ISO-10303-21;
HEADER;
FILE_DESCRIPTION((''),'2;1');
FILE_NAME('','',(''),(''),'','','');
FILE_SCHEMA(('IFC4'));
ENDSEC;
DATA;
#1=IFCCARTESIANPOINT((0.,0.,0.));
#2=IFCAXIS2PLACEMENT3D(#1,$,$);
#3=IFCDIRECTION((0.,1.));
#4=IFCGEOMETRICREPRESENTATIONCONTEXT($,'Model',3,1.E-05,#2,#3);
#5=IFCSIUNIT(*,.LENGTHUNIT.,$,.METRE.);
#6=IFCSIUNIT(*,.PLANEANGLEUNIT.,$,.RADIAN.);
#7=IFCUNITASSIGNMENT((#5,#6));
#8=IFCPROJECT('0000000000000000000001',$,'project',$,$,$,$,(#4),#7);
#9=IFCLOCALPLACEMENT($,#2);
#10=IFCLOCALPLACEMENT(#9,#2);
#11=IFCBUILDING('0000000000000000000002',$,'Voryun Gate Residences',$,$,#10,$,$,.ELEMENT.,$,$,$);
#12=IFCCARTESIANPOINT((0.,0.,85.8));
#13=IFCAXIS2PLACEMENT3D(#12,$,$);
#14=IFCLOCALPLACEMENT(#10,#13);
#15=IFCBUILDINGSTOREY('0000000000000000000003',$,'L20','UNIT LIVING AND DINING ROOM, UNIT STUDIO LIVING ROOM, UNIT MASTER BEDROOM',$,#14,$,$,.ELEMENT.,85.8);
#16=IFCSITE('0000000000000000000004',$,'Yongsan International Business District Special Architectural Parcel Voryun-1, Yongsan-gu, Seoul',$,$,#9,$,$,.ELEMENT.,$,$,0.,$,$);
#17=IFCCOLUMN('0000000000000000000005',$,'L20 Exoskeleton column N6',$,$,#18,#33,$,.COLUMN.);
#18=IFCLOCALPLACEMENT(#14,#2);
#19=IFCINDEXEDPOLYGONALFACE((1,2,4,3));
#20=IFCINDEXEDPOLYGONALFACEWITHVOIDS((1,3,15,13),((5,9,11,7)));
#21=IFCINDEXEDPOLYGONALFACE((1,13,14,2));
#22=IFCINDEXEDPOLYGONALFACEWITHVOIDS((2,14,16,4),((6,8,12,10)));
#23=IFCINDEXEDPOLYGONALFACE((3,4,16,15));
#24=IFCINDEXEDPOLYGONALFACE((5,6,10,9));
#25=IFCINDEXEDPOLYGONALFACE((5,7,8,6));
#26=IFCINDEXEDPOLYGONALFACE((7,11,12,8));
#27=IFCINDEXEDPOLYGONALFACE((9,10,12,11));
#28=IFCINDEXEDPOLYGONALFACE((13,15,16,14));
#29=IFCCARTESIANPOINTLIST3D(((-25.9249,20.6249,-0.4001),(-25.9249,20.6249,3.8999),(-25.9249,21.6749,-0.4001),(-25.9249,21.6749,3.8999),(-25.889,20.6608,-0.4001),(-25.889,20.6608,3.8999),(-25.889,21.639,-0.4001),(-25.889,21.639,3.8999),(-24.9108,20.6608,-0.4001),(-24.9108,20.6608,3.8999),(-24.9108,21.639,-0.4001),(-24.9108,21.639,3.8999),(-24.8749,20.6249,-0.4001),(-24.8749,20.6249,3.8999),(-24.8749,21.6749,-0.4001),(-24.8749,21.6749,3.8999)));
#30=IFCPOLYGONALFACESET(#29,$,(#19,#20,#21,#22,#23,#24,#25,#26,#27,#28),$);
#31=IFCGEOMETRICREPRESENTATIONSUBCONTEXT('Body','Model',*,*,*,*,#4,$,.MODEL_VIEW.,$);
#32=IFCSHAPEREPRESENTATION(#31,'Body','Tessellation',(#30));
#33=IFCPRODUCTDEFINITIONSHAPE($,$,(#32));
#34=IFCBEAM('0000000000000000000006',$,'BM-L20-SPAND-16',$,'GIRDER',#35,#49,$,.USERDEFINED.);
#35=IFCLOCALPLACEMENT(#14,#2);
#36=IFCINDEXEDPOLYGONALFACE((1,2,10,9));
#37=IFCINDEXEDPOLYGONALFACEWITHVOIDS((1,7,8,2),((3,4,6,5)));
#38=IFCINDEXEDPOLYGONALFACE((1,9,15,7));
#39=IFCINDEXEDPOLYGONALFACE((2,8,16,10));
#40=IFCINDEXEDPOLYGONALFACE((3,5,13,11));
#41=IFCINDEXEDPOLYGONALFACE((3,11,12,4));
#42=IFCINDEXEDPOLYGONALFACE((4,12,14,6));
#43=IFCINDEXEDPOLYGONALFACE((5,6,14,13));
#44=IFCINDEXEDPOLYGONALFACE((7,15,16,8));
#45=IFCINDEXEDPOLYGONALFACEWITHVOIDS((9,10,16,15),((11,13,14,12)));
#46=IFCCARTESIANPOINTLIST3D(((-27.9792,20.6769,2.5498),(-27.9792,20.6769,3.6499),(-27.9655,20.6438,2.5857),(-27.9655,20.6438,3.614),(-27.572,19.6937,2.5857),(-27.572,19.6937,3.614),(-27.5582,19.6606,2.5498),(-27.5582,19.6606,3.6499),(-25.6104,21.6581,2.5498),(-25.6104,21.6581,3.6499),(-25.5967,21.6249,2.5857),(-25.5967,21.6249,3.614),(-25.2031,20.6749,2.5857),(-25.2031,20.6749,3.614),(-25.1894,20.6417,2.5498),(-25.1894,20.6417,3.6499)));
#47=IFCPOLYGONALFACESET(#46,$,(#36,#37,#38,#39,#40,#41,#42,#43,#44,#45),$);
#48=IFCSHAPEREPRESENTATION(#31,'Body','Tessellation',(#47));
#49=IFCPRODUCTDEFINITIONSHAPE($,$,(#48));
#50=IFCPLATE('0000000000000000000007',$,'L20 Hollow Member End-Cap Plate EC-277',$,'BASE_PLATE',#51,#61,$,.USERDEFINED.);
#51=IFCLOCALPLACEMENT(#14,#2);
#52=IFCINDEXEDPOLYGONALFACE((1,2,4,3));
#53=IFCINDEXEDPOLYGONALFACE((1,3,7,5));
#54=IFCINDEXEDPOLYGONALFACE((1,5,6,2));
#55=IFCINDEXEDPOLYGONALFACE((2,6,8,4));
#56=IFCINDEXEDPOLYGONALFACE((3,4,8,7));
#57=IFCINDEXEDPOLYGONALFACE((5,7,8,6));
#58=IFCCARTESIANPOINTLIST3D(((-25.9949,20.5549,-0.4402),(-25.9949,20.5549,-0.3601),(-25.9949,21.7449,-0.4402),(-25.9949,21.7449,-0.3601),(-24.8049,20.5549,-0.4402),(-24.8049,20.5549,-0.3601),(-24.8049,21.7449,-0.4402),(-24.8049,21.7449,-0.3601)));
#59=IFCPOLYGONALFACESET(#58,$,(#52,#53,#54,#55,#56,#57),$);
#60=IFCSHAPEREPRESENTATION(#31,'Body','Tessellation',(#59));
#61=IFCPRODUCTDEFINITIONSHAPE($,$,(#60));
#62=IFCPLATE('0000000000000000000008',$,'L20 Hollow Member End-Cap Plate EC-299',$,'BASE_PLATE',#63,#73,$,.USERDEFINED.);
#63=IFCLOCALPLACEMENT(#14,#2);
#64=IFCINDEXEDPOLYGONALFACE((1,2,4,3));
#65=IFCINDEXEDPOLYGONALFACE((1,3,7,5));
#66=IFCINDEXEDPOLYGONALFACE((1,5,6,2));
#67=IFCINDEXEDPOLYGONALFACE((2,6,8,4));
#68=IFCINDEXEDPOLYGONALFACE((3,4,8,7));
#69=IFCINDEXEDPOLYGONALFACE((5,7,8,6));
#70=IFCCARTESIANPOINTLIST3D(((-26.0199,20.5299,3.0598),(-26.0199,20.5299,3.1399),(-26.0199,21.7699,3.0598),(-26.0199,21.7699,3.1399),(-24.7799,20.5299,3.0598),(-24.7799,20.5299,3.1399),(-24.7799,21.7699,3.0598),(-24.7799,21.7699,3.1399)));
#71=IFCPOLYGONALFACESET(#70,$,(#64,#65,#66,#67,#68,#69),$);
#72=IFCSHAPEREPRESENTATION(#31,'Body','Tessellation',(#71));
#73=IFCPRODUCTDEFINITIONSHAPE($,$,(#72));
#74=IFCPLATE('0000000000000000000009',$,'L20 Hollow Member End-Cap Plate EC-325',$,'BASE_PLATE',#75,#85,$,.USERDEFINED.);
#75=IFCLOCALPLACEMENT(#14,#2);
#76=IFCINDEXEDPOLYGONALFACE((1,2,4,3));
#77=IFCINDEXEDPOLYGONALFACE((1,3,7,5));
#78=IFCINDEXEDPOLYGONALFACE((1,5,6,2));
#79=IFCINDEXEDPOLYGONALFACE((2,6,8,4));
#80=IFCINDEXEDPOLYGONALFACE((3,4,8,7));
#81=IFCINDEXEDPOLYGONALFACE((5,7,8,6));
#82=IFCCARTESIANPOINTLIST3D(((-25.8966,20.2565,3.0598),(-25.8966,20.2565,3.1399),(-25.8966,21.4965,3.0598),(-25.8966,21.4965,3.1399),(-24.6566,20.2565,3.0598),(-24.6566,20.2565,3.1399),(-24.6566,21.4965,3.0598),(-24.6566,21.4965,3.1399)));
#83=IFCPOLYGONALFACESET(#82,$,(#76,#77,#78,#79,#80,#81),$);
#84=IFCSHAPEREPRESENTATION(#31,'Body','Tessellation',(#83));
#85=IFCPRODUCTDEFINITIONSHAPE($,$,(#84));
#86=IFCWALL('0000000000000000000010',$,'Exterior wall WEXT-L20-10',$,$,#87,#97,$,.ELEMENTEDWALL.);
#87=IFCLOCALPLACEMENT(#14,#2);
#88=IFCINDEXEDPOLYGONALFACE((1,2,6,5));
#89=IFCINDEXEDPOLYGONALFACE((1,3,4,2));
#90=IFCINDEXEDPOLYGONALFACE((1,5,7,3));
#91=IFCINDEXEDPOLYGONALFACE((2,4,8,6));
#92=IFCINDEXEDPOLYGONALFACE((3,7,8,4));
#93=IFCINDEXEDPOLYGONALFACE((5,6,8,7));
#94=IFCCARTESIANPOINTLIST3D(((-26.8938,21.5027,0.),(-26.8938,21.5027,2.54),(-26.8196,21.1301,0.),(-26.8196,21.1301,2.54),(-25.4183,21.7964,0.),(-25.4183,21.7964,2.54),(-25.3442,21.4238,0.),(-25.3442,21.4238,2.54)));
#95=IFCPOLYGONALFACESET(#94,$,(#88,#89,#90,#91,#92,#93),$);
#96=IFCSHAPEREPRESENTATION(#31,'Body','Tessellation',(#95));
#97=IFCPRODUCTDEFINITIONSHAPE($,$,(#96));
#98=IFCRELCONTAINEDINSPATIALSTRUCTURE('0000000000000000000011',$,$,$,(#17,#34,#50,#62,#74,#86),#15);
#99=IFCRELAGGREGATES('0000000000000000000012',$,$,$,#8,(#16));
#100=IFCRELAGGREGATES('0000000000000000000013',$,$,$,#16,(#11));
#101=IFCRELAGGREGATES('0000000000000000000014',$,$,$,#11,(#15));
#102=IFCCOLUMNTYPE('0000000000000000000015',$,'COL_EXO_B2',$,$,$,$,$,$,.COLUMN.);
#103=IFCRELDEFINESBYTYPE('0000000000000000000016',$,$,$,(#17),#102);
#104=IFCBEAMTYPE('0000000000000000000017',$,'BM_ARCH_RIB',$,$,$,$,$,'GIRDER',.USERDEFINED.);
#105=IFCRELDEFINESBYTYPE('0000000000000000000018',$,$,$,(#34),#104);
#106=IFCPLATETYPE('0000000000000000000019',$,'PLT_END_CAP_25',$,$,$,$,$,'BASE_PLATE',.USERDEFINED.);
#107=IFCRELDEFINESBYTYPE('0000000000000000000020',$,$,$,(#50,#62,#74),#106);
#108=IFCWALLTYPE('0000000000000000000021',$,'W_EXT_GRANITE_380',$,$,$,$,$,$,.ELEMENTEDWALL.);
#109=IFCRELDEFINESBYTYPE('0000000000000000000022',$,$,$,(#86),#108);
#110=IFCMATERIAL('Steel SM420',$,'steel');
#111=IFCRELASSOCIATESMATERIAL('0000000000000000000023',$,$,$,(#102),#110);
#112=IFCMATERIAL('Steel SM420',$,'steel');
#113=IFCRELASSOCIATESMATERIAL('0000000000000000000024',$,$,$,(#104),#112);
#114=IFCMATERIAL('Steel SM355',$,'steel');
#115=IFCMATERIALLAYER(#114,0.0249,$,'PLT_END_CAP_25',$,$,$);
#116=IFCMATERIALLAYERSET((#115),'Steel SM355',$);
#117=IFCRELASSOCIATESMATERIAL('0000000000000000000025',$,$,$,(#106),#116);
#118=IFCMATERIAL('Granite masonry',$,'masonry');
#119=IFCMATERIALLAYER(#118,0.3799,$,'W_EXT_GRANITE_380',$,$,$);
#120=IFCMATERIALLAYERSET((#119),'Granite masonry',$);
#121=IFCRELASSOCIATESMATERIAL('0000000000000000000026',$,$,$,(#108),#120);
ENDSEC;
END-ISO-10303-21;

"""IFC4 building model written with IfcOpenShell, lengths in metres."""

from ifc_helpers import new_model, si_unit, direction, frame, frame_2d, origin, origin_2d, place, context, subcontext, project, spatial, rectangle, hollow_rectangle, extrude, material, layer, layer_set, material_profile, profile_set, type_object, element, save


model = new_model("IFC4")

# Units and contexts
model_context = context("Model", 3, precision=1e-05, world=origin(), true_north=direction((0.0, 1.0)))
body_context = subcontext(model_context, "Body", "Model", "MODEL_VIEW")
ifc_project = project(units=[si_unit("LENGTHUNIT", "METRE"), si_unit("PLANEANGLEUNIT", "RADIAN")], contexts=[model_context])

# Site, building, storey
site_placement = place(None, origin())
site = spatial("IfcSite", under=ifc_project, at=site_placement, Name="Yongsan International Business District Special Architectural Parcel Voryun-1, Yongsan-gu, Seoul", CompositionType="ELEMENT", RefElevation=0.0)
building_placement = place(site_placement, origin())
building = spatial("IfcBuilding", under=site, at=building_placement, Name="Voryun Gate Residences", CompositionType="ELEMENT")
storey_placement = place(building_placement, frame((0.0, 0.0, 85.8)))
storey = spatial("IfcBuildingStorey", under=building, at=storey_placement, Name="L20", Description="UNIT LIVING AND DINING ROOM, UNIT STUDIO LIVING ROOM, UNIT MASTER BEDROOM", CompositionType="ELEMENT", Elevation=85.8)

# Column
ifc_material_1 = material(Name="Steel SM420", Category="steel")
ifc_material_profile_1 = material_profile(ifc_material_1, hollow_rectangle(XDim=1.05, YDim=1.05, WallThickness=0.0359, at=origin_2d()), Name="BOX-1050x1050x36")
ifc_profile_set_1 = profile_set([ifc_material_profile_1], Name="Steel SM420")
column_type = type_object("IfcColumnType", Name="COL_EXO_B2", PredefinedType="COLUMN", material=ifc_profile_set_1)
column_placement = place(storey_placement, frame((-25.3999, 21.1499, -0.4001), z_axis=(0.0, 0.0, 1.0), x_axis=(1.0, 0.0, 0.0)))
element("IfcColumn", 1, at=column_placement, inside=storey, type_object=column_type, Name="L20 Exoskeleton column N6", PredefinedType="COLUMN", context=body_context, shape_type="SweptSolid", body=[
    extrude(hollow_rectangle(XDim=1.05, YDim=1.05, WallThickness=0.0359, at=origin_2d()), origin(), (0.0, 0.0, 1.0), 4.3),
])

# Beam
ifc_material_2 = material(Name="Steel SM420", Category="steel")
ifc_material_profile_2 = material_profile(ifc_material_2, hollow_rectangle(XDim=1.1001, YDim=1.1001, WallThickness=0.0359, at=origin_2d()), Name="BOX-1100x1100x36")
ifc_profile_set_2 = profile_set([ifc_material_profile_2], Name="Steel SM420")
beam_type = type_object("IfcBeamType", Name="BM_ARCH_RIB", ElementType="GIRDER", PredefinedType="USERDEFINED", material=ifc_profile_set_2)
beam_placement = place(storey_placement, frame((-25.3999, 21.1499, 3.0999), z_axis=(-0.923883, -0.382674, 0.0), x_axis=(0.382674, -0.923883, 0.0)))
element("IfcBeam", 2, at=beam_placement, inside=storey, type_object=beam_type, Name="BM-L20-SPAND-16", ObjectType="GIRDER", PredefinedType="USERDEFINED", context=body_context, shape_type="SweptSolid", body=[
    extrude(hollow_rectangle(XDim=1.1001, YDim=1.1001, WallThickness=0.0359, at=origin_2d()), origin(), (0.0, 0.0, 1.0), 2.564),
])

# Plates
ifc_material_3 = material(Name="Steel SM355", Category="steel")
ifc_layer_1 = layer(ifc_material_3, 0.0249, Name="PLT_END_CAP_25")
ifc_layer_set_1 = layer_set([ifc_layer_1], Name="Steel SM355")
plate_type = type_object("IfcPlateType", Name="PLT_END_CAP_25", ElementType="BASE_PLATE", PredefinedType="USERDEFINED", material=ifc_layer_set_1)
plate_placement = place(storey_placement, frame((-25.3999, 21.1499, -0.4402), z_axis=(0.0, 0.0, 1.0), x_axis=(1.0, 0.0, 0.0)))
element("IfcPlate", 3, at=plate_placement, inside=storey, type_object=plate_type, Name="L20 Hollow Member End-Cap Plate EC-277", ObjectType="BASE_PLATE", PredefinedType="USERDEFINED", context=body_context, shape_type="SweptSolid", body=[
    extrude(rectangle(XDim=1.1899, YDim=1.1899, at=origin_2d()), origin(), (0.0, 0.0, 1.0), 0.0801),
])
for number, where, z_axis, x_axis, name in (
    (4, (-25.3999, 21.1499, 3.0598), (0.0, 0.0, 1.0), (1.0, 0.0, 0.0), "L20 Hollow Member End-Cap Plate EC-299"),
    (5, (-25.2766, 20.8765, 3.0598), (0.0, 0.0, 1.0), (1.0, 0.0, 0.0), "L20 Hollow Member End-Cap Plate EC-325"),
):
    element("IfcPlate", number, at=place(storey_placement, frame(where, z_axis=z_axis, x_axis=x_axis)), inside=storey, type_object=plate_type, Name=name, ObjectType="BASE_PLATE", PredefinedType="USERDEFINED", context=body_context, shape_type="SweptSolid", body=[
        extrude(rectangle(XDim=1.24, YDim=1.24, at=origin_2d()), origin(), (0.0, 0.0, 1.0), 0.0801),
    ])

# Wall
ifc_material_4 = material(Name="Granite masonry", Category="masonry")
ifc_layer_2 = layer(ifc_material_4, 0.3799, Name="W_EXT_GRANITE_380")
ifc_layer_set_2 = layer_set([ifc_layer_2], Name="Granite masonry")
wall_type = type_object("IfcWallType", Name="W_EXT_GRANITE_380", PredefinedType="ELEMENTEDWALL", material=ifc_layer_set_2)
wall_1_placement = place(storey_placement, frame((-26.8567, 21.3164, 0.0), z_axis=(0.0, 0.0, 1.0), x_axis=(0.980755, 0.195242, 0.0)))
element("IfcWall", 6, at=wall_1_placement, inside=storey, type_object=wall_type, Name="Exterior wall WEXT-L20-10", PredefinedType="ELEMENTEDWALL", context=body_context, shape_type="SweptSolid", body=[
    extrude(rectangle(XDim=1.5044, YDim=0.3799, at=frame_2d((0.7522, 0.0))), origin(), (0.0, 0.0, 1.0), 2.54),
])

save(model, "model.ifc")
